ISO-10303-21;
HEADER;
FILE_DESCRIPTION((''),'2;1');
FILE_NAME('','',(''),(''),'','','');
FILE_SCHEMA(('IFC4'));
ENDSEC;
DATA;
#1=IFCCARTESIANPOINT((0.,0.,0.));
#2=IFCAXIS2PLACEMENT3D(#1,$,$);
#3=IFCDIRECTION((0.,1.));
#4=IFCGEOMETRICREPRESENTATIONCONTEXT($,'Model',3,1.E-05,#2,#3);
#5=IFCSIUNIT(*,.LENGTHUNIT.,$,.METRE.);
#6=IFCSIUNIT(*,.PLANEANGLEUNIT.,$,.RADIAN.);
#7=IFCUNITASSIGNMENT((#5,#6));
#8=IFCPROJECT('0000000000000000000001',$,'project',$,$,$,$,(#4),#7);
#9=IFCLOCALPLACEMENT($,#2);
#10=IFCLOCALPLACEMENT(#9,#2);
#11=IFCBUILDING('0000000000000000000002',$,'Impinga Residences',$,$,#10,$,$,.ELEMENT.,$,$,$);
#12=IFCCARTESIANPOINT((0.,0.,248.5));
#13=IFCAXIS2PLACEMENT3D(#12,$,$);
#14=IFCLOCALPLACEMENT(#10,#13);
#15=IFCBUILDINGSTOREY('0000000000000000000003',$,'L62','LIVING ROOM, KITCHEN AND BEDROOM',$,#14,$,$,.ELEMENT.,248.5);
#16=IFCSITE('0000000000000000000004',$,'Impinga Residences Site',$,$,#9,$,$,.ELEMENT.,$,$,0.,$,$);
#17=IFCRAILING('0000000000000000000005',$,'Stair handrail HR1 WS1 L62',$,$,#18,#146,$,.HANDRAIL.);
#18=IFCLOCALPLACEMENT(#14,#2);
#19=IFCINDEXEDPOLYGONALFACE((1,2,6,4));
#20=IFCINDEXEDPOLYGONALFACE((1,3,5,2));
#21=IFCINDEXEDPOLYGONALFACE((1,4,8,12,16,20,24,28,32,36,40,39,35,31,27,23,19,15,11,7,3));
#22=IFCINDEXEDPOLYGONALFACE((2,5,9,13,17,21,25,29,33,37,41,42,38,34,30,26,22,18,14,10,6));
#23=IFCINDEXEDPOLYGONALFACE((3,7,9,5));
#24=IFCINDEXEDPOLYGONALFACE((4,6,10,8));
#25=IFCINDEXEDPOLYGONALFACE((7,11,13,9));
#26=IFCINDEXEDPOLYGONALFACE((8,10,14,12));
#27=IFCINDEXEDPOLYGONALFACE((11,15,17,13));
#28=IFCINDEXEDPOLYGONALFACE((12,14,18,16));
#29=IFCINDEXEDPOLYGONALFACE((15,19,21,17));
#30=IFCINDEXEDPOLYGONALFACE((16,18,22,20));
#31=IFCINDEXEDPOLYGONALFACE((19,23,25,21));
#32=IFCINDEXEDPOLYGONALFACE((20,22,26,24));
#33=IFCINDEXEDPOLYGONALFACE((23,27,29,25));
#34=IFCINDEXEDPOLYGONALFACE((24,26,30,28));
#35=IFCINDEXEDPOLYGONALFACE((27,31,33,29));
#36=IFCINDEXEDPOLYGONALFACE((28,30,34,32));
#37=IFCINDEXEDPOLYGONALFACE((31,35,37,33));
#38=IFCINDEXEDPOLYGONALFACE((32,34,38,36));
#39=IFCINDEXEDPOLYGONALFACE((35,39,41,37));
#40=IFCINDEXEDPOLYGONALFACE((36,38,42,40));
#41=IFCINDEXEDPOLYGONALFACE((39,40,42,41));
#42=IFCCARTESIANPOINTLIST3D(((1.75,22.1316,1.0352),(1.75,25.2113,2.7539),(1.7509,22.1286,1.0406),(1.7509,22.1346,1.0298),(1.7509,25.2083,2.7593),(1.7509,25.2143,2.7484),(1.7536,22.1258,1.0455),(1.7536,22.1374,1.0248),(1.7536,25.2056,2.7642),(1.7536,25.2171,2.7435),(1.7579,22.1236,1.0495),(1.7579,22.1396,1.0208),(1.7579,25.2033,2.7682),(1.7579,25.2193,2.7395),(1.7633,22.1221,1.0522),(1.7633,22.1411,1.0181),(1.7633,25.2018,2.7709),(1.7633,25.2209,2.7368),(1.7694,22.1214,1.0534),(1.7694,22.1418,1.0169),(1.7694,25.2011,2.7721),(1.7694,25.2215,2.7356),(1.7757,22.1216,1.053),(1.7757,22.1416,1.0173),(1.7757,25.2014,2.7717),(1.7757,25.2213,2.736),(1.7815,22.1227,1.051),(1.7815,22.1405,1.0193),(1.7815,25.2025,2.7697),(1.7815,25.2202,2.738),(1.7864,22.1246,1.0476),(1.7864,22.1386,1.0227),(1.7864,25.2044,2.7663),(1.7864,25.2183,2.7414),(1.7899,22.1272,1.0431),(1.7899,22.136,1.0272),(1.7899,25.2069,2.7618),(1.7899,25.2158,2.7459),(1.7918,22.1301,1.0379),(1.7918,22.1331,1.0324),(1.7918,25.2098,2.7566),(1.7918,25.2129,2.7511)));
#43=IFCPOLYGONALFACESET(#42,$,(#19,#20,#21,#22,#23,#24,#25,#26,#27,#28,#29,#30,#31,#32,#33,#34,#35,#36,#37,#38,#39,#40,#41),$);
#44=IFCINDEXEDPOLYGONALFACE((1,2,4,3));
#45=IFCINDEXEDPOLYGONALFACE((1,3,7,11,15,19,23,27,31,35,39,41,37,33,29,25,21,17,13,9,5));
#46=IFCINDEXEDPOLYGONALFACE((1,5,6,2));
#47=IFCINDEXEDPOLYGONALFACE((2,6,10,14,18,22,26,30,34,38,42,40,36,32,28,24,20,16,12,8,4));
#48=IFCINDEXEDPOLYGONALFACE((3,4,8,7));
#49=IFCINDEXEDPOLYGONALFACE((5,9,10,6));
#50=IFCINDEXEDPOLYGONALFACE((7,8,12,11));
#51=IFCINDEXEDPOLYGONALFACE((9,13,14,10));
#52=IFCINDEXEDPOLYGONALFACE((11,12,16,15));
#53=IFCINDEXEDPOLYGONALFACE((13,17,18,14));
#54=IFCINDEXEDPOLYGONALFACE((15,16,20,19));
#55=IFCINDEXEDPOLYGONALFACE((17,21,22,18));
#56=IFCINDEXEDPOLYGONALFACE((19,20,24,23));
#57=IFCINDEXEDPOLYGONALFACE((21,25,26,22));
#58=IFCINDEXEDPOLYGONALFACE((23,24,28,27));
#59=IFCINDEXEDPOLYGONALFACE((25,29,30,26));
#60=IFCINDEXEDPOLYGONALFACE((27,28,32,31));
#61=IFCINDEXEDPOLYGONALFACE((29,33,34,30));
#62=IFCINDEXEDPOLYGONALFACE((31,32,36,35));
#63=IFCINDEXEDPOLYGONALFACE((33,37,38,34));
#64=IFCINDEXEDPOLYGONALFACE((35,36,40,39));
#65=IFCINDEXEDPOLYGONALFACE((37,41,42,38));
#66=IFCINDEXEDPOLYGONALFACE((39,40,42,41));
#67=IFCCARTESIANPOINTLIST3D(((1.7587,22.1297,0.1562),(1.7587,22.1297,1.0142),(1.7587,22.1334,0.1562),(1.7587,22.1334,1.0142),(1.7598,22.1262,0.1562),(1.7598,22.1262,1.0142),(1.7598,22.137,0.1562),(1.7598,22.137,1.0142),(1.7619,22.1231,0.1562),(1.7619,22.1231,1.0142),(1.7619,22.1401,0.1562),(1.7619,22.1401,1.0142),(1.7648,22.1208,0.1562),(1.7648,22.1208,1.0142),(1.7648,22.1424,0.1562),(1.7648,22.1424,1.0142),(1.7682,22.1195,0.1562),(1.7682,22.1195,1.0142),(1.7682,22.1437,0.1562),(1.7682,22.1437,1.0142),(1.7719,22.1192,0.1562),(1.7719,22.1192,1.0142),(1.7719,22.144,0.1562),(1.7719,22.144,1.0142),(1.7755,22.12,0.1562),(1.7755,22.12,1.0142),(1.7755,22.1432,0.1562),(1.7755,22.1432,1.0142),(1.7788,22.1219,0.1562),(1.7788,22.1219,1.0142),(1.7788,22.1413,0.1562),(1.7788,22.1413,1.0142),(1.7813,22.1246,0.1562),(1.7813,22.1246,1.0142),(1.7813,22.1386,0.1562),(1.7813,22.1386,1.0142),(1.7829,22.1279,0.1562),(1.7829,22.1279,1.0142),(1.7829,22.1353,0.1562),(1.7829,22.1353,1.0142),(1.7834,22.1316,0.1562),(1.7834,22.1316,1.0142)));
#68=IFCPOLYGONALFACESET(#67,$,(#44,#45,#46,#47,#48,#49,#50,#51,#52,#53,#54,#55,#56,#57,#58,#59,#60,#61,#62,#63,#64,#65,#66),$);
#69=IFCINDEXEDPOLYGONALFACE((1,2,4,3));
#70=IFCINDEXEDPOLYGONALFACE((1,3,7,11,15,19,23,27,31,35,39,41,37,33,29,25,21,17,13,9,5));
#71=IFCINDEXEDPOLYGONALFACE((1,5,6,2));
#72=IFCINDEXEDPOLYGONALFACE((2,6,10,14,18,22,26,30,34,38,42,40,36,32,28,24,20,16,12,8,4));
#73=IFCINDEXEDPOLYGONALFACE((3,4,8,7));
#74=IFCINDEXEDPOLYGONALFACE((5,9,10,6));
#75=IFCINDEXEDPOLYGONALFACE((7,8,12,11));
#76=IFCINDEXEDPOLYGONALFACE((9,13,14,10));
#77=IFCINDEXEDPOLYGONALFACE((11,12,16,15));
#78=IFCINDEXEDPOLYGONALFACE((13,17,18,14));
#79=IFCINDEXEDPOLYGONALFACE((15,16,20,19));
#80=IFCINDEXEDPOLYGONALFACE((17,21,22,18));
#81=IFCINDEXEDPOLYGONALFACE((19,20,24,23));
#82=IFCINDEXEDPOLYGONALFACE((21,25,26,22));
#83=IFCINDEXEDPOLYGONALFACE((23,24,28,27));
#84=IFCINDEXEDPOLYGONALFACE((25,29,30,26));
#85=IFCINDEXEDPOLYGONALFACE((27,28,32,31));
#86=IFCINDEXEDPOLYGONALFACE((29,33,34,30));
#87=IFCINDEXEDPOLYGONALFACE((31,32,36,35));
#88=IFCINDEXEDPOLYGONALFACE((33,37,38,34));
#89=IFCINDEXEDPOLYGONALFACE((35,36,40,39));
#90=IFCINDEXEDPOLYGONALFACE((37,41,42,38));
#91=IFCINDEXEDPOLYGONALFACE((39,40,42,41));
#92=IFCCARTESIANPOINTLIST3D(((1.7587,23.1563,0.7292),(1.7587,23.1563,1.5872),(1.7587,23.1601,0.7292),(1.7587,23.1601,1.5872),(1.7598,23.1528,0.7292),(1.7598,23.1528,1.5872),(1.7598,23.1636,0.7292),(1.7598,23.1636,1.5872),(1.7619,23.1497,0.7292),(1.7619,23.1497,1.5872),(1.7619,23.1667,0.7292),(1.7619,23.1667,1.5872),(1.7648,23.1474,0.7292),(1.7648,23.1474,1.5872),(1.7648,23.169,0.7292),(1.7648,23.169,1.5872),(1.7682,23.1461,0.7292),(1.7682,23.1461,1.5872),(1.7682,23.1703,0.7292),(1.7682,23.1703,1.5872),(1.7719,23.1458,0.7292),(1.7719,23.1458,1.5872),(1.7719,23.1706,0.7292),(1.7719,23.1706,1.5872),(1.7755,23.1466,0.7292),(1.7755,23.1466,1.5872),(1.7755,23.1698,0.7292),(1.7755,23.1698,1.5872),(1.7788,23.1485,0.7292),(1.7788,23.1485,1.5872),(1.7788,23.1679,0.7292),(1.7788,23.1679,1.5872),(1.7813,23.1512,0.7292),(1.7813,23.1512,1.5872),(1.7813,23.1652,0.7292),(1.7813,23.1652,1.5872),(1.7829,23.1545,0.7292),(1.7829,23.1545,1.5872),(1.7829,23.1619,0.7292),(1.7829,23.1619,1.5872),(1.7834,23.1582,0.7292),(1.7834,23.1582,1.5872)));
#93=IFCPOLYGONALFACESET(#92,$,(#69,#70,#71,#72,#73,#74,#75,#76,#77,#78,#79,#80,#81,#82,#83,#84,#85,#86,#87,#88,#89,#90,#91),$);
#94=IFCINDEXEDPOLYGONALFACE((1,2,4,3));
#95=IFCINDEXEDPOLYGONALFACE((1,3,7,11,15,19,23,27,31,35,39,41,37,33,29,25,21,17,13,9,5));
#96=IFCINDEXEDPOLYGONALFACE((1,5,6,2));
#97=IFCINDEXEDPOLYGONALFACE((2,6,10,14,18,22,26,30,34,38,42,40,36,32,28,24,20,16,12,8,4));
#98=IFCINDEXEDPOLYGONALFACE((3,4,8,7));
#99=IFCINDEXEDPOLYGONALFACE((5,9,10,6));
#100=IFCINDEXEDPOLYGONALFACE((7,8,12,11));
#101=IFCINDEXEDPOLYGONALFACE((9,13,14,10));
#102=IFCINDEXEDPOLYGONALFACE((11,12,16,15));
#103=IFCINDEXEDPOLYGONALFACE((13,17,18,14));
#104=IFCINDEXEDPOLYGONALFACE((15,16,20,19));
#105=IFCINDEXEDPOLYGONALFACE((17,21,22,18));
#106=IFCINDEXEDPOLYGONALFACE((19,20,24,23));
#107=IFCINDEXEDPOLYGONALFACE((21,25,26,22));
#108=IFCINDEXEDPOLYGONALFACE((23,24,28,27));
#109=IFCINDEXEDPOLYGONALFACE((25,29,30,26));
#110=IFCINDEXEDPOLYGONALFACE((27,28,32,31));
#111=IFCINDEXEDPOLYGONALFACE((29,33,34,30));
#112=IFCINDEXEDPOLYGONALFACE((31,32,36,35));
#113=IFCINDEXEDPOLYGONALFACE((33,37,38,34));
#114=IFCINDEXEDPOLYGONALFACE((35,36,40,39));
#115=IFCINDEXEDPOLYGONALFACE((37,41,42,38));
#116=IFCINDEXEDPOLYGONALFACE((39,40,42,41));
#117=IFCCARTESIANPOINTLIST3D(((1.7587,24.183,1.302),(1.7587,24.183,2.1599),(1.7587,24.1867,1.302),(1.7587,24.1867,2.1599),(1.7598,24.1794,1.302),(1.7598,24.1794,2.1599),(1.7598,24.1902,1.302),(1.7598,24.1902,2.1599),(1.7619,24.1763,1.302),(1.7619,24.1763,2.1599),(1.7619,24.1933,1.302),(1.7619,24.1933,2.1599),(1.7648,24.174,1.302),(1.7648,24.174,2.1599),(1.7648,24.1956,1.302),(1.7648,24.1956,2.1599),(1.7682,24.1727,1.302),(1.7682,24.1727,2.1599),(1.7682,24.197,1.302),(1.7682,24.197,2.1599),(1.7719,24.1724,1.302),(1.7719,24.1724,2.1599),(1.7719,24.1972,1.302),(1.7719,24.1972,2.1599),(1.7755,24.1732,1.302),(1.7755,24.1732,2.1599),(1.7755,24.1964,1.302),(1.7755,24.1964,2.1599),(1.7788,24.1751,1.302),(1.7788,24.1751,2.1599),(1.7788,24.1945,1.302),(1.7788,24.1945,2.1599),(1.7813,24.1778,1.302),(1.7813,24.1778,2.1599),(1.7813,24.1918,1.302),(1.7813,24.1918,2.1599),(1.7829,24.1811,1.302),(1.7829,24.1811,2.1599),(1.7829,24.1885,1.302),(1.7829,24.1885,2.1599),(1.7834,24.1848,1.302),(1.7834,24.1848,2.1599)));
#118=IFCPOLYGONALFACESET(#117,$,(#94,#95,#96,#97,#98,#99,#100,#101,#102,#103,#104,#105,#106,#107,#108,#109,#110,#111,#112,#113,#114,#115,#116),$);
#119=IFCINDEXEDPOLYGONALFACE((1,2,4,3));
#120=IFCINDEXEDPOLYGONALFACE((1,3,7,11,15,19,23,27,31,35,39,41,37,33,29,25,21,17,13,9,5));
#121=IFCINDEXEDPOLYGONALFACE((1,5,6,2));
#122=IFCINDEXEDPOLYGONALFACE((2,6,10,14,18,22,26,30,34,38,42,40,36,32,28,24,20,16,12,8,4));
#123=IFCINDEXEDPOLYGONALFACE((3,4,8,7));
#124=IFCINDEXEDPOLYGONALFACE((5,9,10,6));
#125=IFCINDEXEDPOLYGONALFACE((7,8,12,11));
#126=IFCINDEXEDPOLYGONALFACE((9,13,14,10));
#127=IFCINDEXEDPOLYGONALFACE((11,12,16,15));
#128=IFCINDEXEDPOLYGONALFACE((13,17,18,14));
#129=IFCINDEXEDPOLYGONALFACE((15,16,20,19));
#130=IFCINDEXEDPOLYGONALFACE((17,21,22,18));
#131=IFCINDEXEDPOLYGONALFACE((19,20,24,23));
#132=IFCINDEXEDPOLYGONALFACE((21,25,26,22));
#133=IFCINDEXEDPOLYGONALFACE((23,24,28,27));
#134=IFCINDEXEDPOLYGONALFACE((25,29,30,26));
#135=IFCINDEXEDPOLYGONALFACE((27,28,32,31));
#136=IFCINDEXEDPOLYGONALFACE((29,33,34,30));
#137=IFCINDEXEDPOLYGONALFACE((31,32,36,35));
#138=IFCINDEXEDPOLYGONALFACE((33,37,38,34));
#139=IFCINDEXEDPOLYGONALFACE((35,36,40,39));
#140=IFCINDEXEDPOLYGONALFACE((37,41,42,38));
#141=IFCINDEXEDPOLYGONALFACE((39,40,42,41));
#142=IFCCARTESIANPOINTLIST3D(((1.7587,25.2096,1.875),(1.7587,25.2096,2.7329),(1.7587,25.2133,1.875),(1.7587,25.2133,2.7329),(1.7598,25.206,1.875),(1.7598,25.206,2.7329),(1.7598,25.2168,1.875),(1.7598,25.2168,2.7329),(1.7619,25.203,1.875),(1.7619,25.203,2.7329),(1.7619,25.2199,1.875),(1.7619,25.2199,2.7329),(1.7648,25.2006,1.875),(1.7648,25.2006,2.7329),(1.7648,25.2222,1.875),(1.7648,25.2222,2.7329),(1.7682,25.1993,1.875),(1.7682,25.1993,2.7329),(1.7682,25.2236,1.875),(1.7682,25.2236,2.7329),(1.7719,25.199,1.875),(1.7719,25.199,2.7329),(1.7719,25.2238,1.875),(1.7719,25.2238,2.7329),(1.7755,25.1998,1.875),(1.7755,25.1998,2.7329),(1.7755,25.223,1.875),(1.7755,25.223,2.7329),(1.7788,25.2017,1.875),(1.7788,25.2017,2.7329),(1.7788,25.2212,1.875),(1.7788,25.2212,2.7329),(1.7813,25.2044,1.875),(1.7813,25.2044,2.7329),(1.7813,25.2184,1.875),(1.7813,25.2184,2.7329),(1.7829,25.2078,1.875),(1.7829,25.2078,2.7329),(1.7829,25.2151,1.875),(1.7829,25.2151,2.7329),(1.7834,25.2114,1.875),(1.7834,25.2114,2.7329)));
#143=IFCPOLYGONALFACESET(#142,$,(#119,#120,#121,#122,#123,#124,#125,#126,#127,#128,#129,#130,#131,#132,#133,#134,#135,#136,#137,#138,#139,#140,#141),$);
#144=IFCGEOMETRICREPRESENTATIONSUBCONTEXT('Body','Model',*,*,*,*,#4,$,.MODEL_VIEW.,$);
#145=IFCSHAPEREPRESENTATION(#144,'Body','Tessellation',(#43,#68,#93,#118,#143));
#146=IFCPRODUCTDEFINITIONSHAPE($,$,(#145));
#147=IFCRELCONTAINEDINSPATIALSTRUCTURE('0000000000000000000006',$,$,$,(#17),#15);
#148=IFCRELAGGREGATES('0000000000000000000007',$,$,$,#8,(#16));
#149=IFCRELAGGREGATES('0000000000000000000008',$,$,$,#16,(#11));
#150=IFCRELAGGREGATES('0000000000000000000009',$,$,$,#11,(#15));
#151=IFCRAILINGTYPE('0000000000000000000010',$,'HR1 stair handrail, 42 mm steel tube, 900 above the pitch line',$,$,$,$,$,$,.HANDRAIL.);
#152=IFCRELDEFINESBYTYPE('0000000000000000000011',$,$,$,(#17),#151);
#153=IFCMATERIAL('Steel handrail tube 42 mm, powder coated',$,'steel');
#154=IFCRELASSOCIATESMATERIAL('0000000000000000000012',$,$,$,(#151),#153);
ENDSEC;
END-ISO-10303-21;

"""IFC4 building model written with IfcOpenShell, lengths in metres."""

from ifc_helpers import new_model, si_unit, direction, frame, origin, origin_2d, place, context, subcontext, project, spatial, circle, extrude, material, type_object, element, save


model = new_model("IFC4")

# Units and contexts
model_context = context("Model", 3, precision=1e-05, world=origin(), true_north=direction((0.0, 1.0)))
body_context = subcontext(model_context, "Body", "Model", "MODEL_VIEW")
ifc_project = project(units=[si_unit("LENGTHUNIT", "METRE"), si_unit("PLANEANGLEUNIT", "RADIAN")], contexts=[model_context])

# Site, building, storey
site_placement = place(None, origin())
site = spatial("IfcSite", under=ifc_project, at=site_placement, Name="Impinga Residences Site", CompositionType="ELEMENT", RefElevation=0.0)
building_placement = place(site_placement, origin())
building = spatial("IfcBuilding", under=site, at=building_placement, Name="Impinga Residences", CompositionType="ELEMENT")
storey_placement = place(building_placement, frame((0.0, 0.0, 248.5)))
storey = spatial("IfcBuildingStorey", under=building, at=storey_placement, Name="L62", Description="LIVING ROOM, KITCHEN AND BEDROOM", CompositionType="ELEMENT", Elevation=248.5)

# Railing
ifc_material_1 = material(Name="Steel handrail tube 42 mm, powder coated", Category="steel")
railing_type_1 = type_object("IfcRailingType", Name="HR1 stair handrail, 42 mm steel tube, 900 above the pitch line", PredefinedType="HANDRAIL", material=ifc_material_1)
railing_1_placement = place(storey_placement, frame((1.771, 22.1316, 0.1562)))
element("IfcRailing", 1, at=railing_1_placement, inside=storey, type_object=railing_type_1, Name="Stair handrail HR1 WS1 L62", PredefinedType="HANDRAIL", context=body_context, shape_type="SweptSolid", body=[
    extrude(circle(Radius=0.021, at=origin_2d()), frame((0.0, 0.0, 0.8789), z_axis=(0.0, 0.873225, 0.487317), x_axis=(-1.0, 0.0, 0.0)), (0.0, 0.0, 1.0), 3.5269),
    extrude(circle(Radius=0.0125, at=origin_2d()), origin(), (0.0, 0.0, 1.0), 0.8579),
    extrude(circle(Radius=0.0125, at=origin_2d()), frame((0.0, 1.0266, 0.573)), (0.0, 0.0, 1.0), 0.8579),
    extrude(circle(Radius=0.0125, at=origin_2d()), frame((0.0, 2.0532, 1.1458)), (0.0, 0.0, 1.0), 0.8579),
    extrude(circle(Radius=0.0125, at=origin_2d()), frame((0.0, 3.0798, 1.7188)), (0.0, 0.0, 1.0), 0.8579),
])

save(model, "model.ifc")
